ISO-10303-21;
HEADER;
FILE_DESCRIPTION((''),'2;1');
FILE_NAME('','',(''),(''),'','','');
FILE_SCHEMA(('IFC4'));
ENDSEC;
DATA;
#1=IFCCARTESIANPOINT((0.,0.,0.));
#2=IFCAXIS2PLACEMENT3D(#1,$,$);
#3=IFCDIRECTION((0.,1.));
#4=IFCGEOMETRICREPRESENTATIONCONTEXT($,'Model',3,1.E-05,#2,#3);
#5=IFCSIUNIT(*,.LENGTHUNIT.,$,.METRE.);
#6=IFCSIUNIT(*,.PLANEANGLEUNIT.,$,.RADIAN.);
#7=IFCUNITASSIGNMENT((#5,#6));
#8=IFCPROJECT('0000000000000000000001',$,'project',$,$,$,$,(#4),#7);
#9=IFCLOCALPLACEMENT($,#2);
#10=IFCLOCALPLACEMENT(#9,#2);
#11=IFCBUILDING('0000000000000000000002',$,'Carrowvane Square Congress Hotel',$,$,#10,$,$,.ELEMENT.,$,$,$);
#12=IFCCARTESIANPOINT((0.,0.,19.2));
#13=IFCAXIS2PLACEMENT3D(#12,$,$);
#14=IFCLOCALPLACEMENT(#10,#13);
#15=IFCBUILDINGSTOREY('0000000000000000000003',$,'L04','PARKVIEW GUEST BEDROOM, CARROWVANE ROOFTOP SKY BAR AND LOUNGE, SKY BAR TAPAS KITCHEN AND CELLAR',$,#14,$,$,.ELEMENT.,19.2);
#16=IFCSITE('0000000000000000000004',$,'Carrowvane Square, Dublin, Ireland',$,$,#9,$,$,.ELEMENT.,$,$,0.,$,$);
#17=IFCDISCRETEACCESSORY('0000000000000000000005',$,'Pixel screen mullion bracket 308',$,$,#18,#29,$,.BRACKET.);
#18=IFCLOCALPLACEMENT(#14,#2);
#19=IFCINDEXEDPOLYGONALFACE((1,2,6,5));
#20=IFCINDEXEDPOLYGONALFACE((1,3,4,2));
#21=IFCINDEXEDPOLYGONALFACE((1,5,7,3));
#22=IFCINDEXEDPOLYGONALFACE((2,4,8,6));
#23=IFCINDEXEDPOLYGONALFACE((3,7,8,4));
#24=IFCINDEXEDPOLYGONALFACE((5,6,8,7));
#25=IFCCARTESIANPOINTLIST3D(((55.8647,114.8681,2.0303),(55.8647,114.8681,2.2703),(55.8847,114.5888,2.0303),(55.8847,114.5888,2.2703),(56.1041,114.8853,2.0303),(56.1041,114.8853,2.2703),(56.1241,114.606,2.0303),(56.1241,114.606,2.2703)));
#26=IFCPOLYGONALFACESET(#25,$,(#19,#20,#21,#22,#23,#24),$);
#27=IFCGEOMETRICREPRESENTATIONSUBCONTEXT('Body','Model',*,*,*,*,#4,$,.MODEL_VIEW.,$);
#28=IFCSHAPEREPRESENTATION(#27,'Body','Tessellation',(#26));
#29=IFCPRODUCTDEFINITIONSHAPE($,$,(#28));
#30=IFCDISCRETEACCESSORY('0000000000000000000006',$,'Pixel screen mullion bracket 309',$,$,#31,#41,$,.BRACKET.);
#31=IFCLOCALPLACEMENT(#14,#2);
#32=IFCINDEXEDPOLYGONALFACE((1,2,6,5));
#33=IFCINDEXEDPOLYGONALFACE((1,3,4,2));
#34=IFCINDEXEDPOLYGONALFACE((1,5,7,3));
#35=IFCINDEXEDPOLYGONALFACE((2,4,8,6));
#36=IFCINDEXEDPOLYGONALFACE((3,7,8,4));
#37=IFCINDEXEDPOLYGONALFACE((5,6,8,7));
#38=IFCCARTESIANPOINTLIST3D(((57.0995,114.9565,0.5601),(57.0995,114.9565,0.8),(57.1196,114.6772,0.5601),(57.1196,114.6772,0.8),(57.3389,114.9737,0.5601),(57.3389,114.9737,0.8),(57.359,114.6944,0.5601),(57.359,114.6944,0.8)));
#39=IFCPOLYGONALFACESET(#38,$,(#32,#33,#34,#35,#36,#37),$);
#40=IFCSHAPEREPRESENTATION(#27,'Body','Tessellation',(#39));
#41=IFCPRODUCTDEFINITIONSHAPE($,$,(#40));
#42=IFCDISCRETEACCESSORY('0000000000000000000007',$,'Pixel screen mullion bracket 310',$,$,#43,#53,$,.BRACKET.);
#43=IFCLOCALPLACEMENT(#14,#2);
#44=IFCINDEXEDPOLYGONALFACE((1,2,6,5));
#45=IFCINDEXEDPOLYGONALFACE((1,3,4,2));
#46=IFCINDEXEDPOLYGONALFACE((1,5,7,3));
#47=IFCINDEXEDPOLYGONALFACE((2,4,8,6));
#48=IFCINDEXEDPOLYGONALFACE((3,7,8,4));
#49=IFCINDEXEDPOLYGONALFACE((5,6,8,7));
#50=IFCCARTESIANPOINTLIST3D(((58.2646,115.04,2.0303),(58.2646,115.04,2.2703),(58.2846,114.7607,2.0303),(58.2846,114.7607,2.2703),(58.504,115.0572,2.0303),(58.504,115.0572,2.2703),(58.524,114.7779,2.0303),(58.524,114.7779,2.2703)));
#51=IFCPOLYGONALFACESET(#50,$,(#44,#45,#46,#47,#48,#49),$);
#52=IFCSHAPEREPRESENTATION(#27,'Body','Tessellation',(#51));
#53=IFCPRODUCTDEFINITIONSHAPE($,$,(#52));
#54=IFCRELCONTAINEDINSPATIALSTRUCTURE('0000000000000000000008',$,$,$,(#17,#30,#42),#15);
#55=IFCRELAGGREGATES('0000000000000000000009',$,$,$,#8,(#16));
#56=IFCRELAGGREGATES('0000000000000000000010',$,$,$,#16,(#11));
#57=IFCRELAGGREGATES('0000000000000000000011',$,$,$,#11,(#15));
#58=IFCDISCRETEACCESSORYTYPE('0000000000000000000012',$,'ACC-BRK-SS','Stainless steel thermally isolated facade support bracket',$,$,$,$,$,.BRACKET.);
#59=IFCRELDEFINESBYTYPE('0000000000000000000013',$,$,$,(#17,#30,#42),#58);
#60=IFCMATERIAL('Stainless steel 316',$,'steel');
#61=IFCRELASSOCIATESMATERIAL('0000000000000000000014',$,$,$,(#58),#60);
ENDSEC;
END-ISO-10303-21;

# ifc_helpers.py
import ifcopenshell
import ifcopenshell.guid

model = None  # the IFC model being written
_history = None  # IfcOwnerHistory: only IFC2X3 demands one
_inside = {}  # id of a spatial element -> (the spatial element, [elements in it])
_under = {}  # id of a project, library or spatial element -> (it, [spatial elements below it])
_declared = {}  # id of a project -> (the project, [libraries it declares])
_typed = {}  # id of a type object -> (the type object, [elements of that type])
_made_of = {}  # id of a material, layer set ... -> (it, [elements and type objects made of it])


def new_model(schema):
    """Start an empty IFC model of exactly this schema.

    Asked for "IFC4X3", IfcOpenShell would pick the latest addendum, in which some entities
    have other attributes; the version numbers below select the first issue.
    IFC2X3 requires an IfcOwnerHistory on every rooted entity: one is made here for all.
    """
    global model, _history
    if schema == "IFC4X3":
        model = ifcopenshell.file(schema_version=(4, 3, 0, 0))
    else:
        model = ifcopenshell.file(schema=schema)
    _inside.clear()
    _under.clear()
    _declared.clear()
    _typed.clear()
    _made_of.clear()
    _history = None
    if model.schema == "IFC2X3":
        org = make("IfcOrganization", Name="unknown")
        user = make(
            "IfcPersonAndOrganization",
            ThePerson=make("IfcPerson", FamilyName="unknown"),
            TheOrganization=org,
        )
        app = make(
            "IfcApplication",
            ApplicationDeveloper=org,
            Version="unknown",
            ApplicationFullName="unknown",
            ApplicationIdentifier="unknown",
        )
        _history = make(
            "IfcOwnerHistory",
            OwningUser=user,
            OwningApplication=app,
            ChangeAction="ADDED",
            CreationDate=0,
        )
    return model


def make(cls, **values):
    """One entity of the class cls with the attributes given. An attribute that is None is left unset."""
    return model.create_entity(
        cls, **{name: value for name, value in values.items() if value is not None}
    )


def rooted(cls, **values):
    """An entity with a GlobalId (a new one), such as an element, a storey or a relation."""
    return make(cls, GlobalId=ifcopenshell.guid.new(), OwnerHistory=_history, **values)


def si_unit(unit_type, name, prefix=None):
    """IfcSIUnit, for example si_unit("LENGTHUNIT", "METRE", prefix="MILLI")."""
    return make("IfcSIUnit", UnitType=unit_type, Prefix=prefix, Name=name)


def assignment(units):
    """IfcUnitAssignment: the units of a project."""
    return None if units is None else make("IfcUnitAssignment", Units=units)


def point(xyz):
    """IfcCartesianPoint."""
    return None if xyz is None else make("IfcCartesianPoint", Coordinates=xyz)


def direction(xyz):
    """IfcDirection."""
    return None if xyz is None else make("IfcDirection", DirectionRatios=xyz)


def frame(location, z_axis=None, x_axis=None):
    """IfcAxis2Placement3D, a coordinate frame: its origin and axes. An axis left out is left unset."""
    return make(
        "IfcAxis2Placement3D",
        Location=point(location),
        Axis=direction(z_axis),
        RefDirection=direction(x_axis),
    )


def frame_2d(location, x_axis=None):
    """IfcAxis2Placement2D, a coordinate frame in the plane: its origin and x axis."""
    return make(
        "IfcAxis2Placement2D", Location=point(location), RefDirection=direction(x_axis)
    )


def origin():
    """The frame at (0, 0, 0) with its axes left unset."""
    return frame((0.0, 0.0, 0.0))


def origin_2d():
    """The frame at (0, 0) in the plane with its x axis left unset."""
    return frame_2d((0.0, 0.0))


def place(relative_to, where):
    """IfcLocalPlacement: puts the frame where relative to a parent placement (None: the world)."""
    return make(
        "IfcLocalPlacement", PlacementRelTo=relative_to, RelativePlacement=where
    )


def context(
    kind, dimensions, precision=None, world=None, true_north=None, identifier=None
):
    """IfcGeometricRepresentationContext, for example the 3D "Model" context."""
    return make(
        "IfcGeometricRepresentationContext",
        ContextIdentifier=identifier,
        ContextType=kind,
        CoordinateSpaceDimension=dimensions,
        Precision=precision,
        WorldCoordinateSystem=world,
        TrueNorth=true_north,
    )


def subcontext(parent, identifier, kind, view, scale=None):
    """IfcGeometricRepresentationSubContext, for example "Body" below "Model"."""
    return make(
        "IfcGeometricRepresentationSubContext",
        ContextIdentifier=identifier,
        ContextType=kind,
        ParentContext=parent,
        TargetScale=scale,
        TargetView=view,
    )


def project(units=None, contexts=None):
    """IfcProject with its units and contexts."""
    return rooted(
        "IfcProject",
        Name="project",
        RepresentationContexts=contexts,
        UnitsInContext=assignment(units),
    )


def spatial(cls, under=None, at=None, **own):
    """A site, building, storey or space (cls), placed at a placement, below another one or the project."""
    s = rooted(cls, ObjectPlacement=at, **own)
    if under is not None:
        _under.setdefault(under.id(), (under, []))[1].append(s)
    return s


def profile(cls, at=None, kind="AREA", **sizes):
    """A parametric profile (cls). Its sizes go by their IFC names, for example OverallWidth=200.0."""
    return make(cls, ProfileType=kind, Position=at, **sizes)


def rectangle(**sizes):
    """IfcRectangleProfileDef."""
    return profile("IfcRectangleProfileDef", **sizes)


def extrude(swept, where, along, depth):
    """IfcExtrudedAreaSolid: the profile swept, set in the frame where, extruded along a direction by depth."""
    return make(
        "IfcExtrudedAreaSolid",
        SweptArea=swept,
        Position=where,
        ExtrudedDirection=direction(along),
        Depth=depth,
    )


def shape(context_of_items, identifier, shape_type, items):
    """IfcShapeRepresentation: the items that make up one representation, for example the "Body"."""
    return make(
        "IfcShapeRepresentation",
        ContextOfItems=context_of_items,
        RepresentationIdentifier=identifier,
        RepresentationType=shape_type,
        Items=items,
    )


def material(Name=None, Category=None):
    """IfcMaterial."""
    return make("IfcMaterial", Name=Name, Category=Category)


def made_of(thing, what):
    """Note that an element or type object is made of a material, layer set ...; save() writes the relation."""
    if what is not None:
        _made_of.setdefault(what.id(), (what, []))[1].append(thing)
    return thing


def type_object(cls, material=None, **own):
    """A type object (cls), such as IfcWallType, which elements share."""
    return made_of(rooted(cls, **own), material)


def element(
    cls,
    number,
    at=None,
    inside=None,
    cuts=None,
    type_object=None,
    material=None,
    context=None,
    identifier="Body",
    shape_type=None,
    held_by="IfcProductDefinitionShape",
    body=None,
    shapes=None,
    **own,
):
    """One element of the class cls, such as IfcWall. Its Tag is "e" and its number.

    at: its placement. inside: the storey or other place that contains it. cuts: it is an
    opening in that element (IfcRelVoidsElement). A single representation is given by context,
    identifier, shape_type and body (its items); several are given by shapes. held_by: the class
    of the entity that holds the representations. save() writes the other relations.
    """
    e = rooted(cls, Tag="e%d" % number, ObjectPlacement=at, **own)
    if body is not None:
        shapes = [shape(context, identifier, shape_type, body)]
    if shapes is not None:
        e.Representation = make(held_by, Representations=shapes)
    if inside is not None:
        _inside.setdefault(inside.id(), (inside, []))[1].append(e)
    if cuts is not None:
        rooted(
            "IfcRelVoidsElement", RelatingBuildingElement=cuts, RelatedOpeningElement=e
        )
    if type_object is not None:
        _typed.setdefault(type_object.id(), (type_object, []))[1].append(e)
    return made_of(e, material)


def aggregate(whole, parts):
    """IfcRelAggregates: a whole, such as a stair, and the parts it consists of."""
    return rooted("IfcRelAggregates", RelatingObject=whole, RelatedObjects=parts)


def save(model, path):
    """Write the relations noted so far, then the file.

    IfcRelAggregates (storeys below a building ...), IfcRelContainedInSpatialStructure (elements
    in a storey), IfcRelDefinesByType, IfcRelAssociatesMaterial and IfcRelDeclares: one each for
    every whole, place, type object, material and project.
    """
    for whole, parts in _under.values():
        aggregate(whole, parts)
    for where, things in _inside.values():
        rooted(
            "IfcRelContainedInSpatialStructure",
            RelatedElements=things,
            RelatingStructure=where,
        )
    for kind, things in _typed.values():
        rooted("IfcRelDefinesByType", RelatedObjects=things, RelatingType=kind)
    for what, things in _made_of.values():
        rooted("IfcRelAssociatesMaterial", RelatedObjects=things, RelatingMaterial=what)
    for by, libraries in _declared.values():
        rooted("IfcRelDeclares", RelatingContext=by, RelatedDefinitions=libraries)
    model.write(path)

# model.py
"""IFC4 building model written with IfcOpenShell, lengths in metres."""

from ifc_helpers import new_model, si_unit, direction, frame, origin, origin_2d, place, context, subcontext, project, spatial, rectangle, extrude, material, type_object, element, save


model = new_model("IFC4")

# Units and contexts
model_context = context("Model", 3, precision=1e-05, world=origin(), true_north=direction((0.0, 1.0)))
body_context = subcontext(model_context, "Body", "Model", "MODEL_VIEW")
ifc_project = project(units=[si_unit("LENGTHUNIT", "METRE"), si_unit("PLANEANGLEUNIT", "RADIAN")], contexts=[model_context])

# Site, building, storey
site_placement = place(None, origin())
site = spatial("IfcSite", under=ifc_project, at=site_placement, Name="Carrowvane Square, Dublin, Ireland", CompositionType="ELEMENT", RefElevation=0.0)
building_placement = place(site_placement, origin())
building = spatial("IfcBuilding", under=site, at=building_placement, Name="Carrowvane Square Congress Hotel", CompositionType="ELEMENT")
storey_placement = place(building_placement, frame((0.0, 0.0, 19.2)))
storey = spatial("IfcBuildingStorey", under=building, at=storey_placement, Name="L04", Description="PARKVIEW GUEST BEDROOM, CARROWVANE ROOFTOP SKY BAR AND LOUNGE, SKY BAR TAPAS KITCHEN AND CELLAR", CompositionType="ELEMENT", Elevation=19.2)

# Discrete accessories
ifc_material_1 = material(Name="Stainless steel 316", Category="steel")
discrete_accessory_type = type_object("IfcDiscreteAccessoryType", Name="ACC-BRK-SS", Description="Stainless steel thermally isolated facade support bracket", PredefinedType="BRACKET", material=ifc_material_1)
for number, where, z_axis, x_axis, name in (
    (1, (55.9944, 114.7371, 2.0303), (0.0, 0.0, 1.0), (0.997446, 0.07142, 0.0), "Pixel screen mullion bracket 308"),
    (2, (57.2292, 114.8254, 0.5601), (0.0, 0.0, 1.0), (0.997438, 0.071533, 0.0), "Pixel screen mullion bracket 309"),
    (3, (58.3943, 114.9089, 2.0303), (0.0, 0.0, 1.0), (0.997438, 0.071533, 0.0), "Pixel screen mullion bracket 310"),
):
    element("IfcDiscreteAccessory", number, at=place(storey_placement, frame(where, z_axis=z_axis, x_axis=x_axis)), inside=storey, type_object=discrete_accessory_type, Name=name, PredefinedType="BRACKET", context=body_context, shape_type="SweptSolid", body=[
        extrude(rectangle(XDim=0.24, YDim=0.28, at=origin_2d()), origin(), (0.0, 0.0, 1.0), 0.24),
    ])

save(model, "model.ifc")
